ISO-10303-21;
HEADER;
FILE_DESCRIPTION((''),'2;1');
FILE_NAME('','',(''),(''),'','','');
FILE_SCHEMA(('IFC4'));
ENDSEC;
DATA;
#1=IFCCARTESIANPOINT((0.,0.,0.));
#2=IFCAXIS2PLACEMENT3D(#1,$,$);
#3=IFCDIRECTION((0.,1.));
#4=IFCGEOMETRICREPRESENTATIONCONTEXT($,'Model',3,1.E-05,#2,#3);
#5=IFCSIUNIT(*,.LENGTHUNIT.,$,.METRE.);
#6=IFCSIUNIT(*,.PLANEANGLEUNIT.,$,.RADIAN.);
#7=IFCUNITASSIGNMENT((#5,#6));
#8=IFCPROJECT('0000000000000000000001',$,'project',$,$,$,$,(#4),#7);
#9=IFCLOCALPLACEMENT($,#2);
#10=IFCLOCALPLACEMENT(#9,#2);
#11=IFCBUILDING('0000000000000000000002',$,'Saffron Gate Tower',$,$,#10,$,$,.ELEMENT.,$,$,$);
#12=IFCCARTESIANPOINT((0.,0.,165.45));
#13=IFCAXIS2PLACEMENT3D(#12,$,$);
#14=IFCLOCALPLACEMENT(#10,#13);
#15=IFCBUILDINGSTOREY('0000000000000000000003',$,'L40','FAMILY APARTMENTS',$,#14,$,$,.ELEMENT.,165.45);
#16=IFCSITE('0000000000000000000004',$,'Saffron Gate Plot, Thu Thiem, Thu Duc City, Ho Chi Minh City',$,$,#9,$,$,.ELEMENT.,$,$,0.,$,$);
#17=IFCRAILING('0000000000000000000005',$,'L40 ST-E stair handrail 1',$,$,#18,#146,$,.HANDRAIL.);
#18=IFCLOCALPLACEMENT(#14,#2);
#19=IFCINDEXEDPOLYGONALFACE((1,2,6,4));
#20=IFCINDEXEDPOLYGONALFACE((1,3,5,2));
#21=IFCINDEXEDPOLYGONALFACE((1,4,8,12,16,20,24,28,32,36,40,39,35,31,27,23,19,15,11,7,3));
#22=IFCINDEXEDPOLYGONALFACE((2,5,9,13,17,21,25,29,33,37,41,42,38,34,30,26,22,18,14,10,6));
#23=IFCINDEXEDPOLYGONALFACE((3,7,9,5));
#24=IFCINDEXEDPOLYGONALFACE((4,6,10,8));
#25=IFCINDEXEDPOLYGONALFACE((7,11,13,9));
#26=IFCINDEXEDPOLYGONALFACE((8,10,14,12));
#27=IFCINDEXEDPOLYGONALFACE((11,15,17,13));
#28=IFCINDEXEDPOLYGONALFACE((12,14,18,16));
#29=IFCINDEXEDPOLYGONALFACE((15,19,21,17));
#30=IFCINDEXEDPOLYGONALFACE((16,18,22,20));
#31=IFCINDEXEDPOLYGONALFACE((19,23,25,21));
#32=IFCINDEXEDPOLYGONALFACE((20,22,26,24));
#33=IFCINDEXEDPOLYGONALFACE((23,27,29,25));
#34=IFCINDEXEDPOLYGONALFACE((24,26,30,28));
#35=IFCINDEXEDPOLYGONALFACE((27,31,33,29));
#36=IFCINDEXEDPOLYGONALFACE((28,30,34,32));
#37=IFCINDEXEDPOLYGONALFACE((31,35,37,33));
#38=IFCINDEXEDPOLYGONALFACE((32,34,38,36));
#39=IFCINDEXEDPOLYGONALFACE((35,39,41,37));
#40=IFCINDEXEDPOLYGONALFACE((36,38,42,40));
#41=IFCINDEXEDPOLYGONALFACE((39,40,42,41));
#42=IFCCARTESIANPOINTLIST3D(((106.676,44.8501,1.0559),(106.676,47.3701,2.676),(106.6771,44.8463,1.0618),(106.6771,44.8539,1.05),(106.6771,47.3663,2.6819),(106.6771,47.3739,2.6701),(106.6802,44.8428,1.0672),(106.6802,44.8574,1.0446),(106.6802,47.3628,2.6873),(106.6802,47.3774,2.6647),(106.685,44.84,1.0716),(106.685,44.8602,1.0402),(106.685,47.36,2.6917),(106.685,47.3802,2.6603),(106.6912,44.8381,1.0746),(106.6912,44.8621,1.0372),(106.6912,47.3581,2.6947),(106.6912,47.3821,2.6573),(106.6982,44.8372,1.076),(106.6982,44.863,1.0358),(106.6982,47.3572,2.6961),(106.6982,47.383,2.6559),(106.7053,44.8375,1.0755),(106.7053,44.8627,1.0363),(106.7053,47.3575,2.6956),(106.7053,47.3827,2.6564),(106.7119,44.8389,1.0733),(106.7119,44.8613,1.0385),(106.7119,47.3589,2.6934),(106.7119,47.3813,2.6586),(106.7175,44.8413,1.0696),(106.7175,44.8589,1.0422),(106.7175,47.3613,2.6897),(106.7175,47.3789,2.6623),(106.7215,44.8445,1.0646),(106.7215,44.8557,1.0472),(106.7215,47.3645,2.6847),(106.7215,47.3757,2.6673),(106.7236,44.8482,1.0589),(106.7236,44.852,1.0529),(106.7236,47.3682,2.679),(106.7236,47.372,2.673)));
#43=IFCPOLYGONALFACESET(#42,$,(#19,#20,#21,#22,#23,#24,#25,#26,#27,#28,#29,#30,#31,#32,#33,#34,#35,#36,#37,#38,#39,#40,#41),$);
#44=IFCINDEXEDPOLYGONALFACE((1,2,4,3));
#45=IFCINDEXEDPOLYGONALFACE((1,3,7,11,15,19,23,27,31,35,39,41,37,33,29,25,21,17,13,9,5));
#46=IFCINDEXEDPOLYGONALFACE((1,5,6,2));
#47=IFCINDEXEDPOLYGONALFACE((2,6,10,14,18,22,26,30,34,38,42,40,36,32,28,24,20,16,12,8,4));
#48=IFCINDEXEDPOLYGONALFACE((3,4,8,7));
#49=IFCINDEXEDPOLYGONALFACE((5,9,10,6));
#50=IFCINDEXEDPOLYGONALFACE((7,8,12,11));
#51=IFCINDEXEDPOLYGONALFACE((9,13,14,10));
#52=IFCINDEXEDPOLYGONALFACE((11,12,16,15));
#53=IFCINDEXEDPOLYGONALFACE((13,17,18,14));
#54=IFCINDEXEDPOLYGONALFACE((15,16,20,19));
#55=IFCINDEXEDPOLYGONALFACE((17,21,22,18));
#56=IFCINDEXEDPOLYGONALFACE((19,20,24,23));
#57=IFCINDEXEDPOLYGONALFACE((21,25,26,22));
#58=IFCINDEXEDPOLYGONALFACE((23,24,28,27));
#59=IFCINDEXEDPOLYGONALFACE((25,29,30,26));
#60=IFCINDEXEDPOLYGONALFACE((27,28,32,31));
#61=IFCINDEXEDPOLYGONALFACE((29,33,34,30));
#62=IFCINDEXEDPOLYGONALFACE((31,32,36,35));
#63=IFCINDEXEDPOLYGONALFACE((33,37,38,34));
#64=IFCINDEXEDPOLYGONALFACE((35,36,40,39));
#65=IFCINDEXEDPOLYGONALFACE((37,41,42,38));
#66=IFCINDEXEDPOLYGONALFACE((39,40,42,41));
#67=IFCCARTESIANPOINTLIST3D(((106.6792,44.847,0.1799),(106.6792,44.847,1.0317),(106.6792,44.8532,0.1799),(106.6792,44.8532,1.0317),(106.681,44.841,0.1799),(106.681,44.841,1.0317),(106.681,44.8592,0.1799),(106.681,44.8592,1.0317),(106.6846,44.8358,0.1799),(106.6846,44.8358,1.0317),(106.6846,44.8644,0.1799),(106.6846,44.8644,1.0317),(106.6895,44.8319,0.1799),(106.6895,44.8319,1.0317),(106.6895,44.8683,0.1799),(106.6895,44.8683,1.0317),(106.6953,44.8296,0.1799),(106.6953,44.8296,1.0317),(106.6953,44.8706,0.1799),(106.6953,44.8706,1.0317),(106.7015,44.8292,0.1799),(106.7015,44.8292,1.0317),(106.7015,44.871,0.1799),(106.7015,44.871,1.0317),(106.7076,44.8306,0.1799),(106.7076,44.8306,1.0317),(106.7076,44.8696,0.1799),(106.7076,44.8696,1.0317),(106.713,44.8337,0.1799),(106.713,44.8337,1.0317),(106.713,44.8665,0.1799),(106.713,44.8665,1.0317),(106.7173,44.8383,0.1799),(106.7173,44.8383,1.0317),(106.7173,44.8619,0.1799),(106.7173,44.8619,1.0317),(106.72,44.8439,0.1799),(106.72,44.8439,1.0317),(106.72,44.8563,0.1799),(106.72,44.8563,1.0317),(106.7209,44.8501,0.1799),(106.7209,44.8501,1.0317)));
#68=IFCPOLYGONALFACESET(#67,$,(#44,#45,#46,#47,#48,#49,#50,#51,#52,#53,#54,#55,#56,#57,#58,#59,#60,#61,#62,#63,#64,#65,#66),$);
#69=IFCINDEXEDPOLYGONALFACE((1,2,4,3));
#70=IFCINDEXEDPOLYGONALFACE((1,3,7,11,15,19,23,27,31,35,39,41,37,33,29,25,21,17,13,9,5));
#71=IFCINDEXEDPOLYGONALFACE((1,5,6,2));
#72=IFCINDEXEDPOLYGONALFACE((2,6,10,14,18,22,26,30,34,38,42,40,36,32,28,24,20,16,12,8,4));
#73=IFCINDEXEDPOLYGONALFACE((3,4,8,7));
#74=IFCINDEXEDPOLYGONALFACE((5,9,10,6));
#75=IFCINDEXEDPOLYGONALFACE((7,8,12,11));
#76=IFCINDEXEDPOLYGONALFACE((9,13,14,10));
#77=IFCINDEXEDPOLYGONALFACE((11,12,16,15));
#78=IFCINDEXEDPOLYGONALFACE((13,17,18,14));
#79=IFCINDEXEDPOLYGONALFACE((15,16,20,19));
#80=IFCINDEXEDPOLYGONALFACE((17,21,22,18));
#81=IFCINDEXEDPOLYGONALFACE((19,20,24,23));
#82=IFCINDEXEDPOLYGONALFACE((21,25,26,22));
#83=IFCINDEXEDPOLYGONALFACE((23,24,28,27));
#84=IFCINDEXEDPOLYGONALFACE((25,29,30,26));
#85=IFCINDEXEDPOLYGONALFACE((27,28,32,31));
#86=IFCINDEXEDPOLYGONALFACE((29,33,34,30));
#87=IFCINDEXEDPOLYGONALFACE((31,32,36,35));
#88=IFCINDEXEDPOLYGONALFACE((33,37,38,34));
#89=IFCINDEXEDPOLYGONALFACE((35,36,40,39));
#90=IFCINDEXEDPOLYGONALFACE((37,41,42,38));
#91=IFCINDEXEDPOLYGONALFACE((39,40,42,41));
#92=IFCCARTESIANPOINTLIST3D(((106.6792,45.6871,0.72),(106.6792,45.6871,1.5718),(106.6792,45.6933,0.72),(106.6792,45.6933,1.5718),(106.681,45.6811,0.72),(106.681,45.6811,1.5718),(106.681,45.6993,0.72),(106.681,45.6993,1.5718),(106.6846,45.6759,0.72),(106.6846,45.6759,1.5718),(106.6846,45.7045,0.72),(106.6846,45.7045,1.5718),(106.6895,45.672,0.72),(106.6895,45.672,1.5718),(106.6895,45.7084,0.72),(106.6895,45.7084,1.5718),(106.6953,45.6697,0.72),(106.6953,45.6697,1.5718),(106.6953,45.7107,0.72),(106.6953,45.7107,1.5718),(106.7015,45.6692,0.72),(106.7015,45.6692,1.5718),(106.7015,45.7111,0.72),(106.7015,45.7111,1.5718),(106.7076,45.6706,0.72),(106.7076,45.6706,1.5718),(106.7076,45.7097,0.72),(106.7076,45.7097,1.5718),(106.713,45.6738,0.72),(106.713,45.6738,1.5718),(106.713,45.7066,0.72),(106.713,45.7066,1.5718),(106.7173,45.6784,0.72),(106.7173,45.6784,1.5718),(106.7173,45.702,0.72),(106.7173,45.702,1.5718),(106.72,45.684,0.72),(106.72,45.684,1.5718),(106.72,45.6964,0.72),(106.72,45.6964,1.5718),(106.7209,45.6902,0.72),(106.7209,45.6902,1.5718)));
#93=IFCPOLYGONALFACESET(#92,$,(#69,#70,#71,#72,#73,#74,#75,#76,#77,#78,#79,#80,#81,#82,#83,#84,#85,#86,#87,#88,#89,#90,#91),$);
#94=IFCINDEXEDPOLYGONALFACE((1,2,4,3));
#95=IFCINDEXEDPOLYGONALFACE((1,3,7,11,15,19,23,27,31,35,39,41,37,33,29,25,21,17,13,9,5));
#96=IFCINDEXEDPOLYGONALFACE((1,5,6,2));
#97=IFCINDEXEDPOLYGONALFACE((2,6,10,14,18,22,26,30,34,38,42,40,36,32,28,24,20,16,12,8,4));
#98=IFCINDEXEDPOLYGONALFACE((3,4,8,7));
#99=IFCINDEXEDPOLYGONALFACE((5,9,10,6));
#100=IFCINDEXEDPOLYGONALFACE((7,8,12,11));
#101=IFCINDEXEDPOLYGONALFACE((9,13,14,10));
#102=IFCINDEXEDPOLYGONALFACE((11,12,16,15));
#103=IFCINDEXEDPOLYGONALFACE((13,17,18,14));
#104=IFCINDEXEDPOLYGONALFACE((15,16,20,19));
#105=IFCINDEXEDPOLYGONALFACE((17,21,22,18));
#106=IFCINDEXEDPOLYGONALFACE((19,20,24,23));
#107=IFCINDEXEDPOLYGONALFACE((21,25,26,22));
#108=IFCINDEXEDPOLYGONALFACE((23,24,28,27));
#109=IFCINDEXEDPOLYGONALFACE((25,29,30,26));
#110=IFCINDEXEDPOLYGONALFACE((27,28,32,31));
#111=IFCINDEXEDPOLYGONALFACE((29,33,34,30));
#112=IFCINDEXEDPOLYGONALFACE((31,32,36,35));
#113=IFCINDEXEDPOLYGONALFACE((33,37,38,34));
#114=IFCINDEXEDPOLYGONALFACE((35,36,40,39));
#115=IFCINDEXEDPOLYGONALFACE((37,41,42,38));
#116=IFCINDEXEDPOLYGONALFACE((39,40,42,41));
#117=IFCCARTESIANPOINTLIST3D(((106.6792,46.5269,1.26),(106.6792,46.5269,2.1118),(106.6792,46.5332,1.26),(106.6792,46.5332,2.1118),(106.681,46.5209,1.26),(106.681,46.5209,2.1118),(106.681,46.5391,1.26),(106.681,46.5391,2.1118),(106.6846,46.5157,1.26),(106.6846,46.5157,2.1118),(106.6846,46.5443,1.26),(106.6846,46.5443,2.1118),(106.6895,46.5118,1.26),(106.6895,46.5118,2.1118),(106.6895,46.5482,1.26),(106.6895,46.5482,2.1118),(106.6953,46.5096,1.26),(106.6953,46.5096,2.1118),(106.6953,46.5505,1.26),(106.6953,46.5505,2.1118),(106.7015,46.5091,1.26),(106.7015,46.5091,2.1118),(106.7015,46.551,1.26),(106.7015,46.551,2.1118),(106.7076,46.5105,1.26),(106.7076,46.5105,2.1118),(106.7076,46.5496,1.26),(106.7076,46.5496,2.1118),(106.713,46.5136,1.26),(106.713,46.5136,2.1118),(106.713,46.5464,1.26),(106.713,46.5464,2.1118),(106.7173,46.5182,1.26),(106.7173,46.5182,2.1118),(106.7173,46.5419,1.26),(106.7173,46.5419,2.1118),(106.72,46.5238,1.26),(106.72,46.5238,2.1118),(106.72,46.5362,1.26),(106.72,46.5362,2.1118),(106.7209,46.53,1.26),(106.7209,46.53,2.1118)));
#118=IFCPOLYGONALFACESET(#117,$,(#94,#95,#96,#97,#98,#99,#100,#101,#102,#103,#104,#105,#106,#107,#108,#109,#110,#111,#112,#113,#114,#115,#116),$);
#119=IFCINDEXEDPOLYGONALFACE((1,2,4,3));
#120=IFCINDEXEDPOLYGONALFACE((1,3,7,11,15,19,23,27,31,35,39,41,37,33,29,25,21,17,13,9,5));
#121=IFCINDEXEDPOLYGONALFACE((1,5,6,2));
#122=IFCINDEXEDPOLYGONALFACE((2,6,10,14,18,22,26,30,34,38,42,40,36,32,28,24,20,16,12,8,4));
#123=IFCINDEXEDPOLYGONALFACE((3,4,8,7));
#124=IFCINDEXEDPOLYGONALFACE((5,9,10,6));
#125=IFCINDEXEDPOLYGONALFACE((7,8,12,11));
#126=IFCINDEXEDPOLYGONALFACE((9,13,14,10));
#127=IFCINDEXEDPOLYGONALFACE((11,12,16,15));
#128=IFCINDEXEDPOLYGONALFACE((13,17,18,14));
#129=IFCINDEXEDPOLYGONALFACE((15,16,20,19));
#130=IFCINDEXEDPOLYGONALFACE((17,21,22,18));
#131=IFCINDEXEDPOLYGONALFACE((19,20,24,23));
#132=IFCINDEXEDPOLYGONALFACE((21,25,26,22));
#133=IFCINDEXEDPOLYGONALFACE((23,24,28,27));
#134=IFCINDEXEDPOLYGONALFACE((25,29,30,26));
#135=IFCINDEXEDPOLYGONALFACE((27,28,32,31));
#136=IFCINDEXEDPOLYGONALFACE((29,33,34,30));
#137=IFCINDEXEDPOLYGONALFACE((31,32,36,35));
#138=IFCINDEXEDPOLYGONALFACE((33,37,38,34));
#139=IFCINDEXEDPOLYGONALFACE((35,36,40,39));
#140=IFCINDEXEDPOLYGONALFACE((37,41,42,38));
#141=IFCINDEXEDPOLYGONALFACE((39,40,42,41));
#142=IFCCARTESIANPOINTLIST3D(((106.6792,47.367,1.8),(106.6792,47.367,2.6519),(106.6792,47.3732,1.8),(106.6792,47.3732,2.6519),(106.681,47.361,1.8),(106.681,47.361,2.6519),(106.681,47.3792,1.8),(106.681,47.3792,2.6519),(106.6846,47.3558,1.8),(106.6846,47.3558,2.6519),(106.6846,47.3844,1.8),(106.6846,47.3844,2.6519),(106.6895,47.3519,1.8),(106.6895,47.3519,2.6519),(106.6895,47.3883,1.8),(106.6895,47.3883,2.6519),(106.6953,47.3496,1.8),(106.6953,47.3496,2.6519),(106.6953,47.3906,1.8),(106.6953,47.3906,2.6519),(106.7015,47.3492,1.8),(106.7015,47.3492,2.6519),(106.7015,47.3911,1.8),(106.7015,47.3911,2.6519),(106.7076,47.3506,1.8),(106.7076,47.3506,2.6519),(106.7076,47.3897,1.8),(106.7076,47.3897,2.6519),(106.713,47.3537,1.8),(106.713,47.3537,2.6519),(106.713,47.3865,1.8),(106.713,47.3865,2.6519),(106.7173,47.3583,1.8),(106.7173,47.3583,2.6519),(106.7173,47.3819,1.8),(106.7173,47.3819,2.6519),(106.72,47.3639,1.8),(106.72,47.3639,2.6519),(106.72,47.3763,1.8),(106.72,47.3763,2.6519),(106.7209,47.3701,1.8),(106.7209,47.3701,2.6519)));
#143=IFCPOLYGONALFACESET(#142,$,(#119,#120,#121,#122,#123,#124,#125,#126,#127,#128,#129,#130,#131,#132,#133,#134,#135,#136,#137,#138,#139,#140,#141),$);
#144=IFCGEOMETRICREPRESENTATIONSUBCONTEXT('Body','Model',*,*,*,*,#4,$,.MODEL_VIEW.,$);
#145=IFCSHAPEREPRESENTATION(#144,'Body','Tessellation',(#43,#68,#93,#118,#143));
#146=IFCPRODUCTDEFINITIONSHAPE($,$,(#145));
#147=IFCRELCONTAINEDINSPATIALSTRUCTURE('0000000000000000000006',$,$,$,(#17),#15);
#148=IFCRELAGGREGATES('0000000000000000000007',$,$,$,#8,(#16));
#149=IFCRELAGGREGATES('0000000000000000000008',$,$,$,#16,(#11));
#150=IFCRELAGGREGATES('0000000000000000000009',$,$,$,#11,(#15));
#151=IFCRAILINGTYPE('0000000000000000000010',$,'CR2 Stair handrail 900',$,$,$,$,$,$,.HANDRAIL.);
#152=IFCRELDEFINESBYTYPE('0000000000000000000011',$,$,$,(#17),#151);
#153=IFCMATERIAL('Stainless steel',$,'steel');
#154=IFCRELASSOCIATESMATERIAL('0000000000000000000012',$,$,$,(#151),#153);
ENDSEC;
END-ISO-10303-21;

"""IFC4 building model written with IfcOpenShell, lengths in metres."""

from ifc_helpers import new_model, si_unit, direction, frame, origin, origin_2d, place, context, subcontext, project, spatial, circle, extrude, material, type_object, element, save


model = new_model("IFC4")

# Units and contexts
model_context = context("Model", 3, precision=1e-05, world=origin(), true_north=direction((0.0, 1.0)))
body_context = subcontext(model_context, "Body", "Model", "MODEL_VIEW")
ifc_project = project(units=[si_unit("LENGTHUNIT", "METRE"), si_unit("PLANEANGLEUNIT", "RADIAN")], contexts=[model_context])

# Site, building, storey
site_placement = place(None, origin())
site = spatial("IfcSite", under=ifc_project, at=site_placement, Name="Saffron Gate Plot, Thu Thiem, Thu Duc City, Ho Chi Minh City", CompositionType="ELEMENT", RefElevation=0.0)
building_placement = place(site_placement, origin())
building = spatial("IfcBuilding", under=site, at=building_placement, Name="Saffron Gate Tower", CompositionType="ELEMENT")
storey_placement = place(building_placement, frame((0.0, 0.0, 165.45)))
storey = spatial("IfcBuildingStorey", under=building, at=storey_placement, Name="L40", Description="FAMILY APARTMENTS", CompositionType="ELEMENT", Elevation=165.45)

# Railing
ifc_material_1 = material(Name="Stainless steel", Category="steel")
railing_type_1 = type_object("IfcRailingType", Name="CR2 Stair handrail 900", PredefinedType="HANDRAIL", material=ifc_material_1)
railing_1_placement = place(storey_placement, frame((106.7, 44.8501, 0.1799)))
element("IfcRailing", 1, at=railing_1_placement, inside=storey, type_object=railing_type_1, Name="L40 ST-E stair handrail 1", PredefinedType="HANDRAIL", context=body_context, shape_type="SweptSolid", body=[
    extrude(circle(Radius=0.0239, at=origin_2d()), frame((0.0, 0.0, 0.876), z_axis=(0.0, 0.841163, 0.540782), x_axis=(-1.0, 0.0, 0.0)), (0.0, 0.0, 1.0), 2.9958),
    extrude(circle(Radius=0.021, at=origin_2d()), origin(), (0.0, 0.0, 1.0), 0.8518),
    extrude(circle(Radius=0.021, at=origin_2d()), frame((0.0, 0.8401, 0.54)), (0.0, 0.0, 1.0), 0.8518),
    extrude(circle(Radius=0.021, at=origin_2d()), frame((0.0, 1.6799, 1.0801)), (0.0, 0.0, 1.0), 0.8518),
    extrude(circle(Radius=0.021, at=origin_2d()), frame((0.0, 2.52, 1.6201)), (0.0, 0.0, 1.0), 0.8518),
])

save(model, "model.ifc")
